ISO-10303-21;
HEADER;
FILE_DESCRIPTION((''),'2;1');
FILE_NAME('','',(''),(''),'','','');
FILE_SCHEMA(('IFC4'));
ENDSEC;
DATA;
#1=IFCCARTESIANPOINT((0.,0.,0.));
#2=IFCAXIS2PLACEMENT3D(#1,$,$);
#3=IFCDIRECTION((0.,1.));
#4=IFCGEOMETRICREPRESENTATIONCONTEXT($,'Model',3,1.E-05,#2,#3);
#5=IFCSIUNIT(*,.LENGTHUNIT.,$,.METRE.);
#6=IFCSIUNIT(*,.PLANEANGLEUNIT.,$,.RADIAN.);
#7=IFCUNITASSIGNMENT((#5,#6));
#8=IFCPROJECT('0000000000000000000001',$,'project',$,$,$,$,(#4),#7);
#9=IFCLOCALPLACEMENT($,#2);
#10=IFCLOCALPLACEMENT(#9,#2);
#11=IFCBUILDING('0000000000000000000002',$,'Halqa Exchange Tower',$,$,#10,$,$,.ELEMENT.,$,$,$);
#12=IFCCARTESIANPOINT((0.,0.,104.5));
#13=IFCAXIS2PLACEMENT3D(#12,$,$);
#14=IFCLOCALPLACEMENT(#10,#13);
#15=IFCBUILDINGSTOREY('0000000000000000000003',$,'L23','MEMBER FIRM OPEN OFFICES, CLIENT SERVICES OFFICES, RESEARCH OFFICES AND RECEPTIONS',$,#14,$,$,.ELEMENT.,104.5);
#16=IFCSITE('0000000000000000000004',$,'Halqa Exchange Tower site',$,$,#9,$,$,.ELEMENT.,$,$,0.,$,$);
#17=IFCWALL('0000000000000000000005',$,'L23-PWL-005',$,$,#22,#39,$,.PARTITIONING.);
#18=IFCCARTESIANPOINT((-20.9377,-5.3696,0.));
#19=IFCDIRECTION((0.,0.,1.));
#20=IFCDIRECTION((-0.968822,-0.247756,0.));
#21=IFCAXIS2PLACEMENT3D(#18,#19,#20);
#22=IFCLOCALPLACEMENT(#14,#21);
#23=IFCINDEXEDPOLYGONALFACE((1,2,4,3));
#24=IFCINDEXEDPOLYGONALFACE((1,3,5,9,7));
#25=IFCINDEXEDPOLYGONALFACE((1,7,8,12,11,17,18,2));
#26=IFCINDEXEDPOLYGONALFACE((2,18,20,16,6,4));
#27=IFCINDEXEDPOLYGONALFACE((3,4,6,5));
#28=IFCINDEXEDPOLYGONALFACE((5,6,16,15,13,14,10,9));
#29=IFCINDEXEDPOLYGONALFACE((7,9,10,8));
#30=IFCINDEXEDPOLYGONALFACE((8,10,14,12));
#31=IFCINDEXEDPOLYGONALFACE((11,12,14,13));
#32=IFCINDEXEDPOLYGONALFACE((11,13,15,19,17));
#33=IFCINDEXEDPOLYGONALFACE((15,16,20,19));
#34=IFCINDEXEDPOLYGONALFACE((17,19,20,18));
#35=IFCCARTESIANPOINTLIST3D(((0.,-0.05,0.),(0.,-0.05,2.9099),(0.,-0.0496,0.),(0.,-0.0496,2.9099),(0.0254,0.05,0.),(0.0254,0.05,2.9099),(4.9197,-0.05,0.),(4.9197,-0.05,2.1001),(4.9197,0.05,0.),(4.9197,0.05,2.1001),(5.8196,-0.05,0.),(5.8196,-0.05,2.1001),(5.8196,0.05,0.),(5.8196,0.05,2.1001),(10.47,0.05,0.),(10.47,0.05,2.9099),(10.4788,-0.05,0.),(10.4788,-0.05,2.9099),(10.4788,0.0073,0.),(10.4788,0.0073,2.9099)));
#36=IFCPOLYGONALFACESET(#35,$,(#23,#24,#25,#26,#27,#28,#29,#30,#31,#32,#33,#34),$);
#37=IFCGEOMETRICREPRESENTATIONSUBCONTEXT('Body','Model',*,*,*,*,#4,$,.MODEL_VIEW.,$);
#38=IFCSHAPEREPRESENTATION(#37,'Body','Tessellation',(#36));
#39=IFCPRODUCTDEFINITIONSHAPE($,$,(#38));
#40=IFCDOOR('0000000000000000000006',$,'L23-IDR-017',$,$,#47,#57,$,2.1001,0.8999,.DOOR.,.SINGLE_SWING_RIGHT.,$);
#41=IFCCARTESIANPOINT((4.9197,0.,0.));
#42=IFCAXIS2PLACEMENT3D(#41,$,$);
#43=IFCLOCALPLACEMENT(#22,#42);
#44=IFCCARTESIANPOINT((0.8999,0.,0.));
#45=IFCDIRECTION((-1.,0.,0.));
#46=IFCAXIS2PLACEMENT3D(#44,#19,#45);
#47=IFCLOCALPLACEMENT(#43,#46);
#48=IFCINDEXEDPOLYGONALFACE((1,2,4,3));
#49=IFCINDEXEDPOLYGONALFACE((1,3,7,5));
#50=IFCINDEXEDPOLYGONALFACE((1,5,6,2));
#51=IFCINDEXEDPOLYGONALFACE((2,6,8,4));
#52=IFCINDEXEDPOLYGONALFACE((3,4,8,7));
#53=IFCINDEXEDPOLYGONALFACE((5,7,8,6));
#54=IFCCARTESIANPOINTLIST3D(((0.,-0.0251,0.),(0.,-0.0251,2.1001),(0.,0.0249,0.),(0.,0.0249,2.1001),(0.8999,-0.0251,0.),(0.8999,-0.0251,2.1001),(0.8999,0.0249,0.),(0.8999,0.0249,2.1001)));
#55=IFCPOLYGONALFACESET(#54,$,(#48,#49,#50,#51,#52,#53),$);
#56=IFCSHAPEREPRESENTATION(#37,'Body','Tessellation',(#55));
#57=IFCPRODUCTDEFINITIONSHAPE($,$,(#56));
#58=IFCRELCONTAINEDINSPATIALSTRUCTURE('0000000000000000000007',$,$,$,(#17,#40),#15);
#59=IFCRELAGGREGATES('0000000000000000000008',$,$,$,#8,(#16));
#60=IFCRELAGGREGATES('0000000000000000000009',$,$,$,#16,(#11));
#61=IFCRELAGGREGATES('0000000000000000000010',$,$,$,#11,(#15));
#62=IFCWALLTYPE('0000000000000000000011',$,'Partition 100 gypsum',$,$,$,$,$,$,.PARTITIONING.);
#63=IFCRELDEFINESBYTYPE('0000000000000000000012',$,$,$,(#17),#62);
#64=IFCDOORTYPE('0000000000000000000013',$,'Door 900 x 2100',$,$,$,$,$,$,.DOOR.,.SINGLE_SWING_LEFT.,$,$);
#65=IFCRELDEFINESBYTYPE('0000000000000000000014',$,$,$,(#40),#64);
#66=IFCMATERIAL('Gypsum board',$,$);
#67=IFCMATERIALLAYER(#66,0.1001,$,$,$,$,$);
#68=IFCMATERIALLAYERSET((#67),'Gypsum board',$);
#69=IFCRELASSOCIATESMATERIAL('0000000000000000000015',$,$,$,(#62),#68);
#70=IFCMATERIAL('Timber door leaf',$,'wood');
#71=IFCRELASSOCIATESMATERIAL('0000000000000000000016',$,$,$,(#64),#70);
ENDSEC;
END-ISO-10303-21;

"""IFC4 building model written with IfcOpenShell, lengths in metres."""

from ifc_helpers import new_model, si_unit, direction, frame, frame_2d, origin, place, context, subcontext, project, spatial, polyline, rectangle, outline, extrude, material, layer, layer_set, type_object, element, fill, save


model = new_model("IFC4")

# Units and contexts
model_context = context("Model", 3, precision=1e-05, world=origin(), true_north=direction((0.0, 1.0)))
body_context = subcontext(model_context, "Body", "Model", "MODEL_VIEW")
ifc_project = project(units=[si_unit("LENGTHUNIT", "METRE"), si_unit("PLANEANGLEUNIT", "RADIAN")], contexts=[model_context])

# Site, building, storey
site_placement = place(None, origin())
site = spatial("IfcSite", under=ifc_project, at=site_placement, Name="Halqa Exchange Tower site", CompositionType="ELEMENT", RefElevation=0.0)
building_placement = place(site_placement, origin())
building = spatial("IfcBuilding", under=site, at=building_placement, Name="Halqa Exchange Tower", CompositionType="ELEMENT")
storey_placement = place(building_placement, frame((0.0, 0.0, 104.5)))
storey = spatial("IfcBuildingStorey", under=building, at=storey_placement, Name="L23", Description="MEMBER FIRM OPEN OFFICES, CLIENT SERVICES OFFICES, RESEARCH OFFICES AND RECEPTIONS", CompositionType="ELEMENT", Elevation=104.5)

# Shared definitions
ifc_material_1 = material(Name="Gypsum board")
ifc_layer_1 = layer(ifc_material_1, 0.1001)
ifc_layer_set_1 = layer_set([ifc_layer_1], Name="Gypsum board")
wall_type_1 = type_object("IfcWallType", Name="Partition 100 gypsum", PredefinedType="PARTITIONING", material=ifc_layer_set_1)
ifc_material_2 = material(Name="Timber door leaf", Category="wood")
door_type_1 = type_object("IfcDoorType", Name="Door 900 x 2100", OperationType="SINGLE_SWING_LEFT", PredefinedType="DOOR", material=ifc_material_2)

# Wall, opening, door
wall_1_placement = place(storey_placement, frame((-20.9377, -5.3696, 0.0), z_axis=(0.0, 0.0, 1.0), x_axis=(-0.968822, -0.247756, 0.0)))
wall_1 = element("IfcWall", 1, at=wall_1_placement, inside=storey, type_object=wall_type_1, Name="L23-PWL-005", PredefinedType="PARTITIONING", context=body_context, shape_type="SweptSolid", body=[
    extrude(outline(polyline([(10.4788, -0.05), (10.4788, 0.0073), (10.47, 0.05), (8.729, 0.05), (6.9883, 0.05), (5.2476, 0.05), (3.5068, 0.05), (1.7661, 0.05), (0.0254, 0.05), (0.0, -0.0496), (0.0, -0.05), (1.7466, -0.05), (3.4929, -0.05), (5.2393, -0.05), (6.9858, -0.05), (8.7324, -0.05), (10.4788, -0.05)])), origin(), (0.0, 0.0, 1.0), 2.9099),
])
opening_1_placement = place(wall_1_placement, frame((4.9197, 0.0, 0.0)))
opening_1 = element("IfcOpeningElement", 2, at=opening_1_placement, cuts=wall_1, PredefinedType="OPENING", context=body_context, shape_type="SweptSolid", body=[
    extrude(rectangle(XDim=0.8999, YDim=2.1001, at=frame_2d((0.45, 1.05))), frame((0.0, 0.062, 0.0), z_axis=(0.0, -1.0, 0.0), x_axis=(1.0, 0.0, 0.0)), (0.0, 0.0, 1.0), 0.124),
])
door_1_placement = place(opening_1_placement, frame((0.8999, 0.0, 0.0), z_axis=(0.0, 0.0, 1.0), x_axis=(-1.0, 0.0, 0.0)))
door_1 = element("IfcDoor", 3, at=door_1_placement, inside=storey, type_object=door_type_1, Name="L23-IDR-017", OperationType="SINGLE_SWING_RIGHT", OverallHeight=2.1001, OverallWidth=0.8999, PredefinedType="DOOR", context=body_context, shape_type="SweptSolid", body=[
    extrude(rectangle(XDim=0.8999, YDim=2.1001, at=frame_2d((0.45, 1.05))), frame((0.0, 0.0249, 0.0), z_axis=(0.0, -1.0, 0.0), x_axis=(1.0, 0.0, 0.0)), (0.0, 0.0, 1.0), 0.05),
])
fill(opening_1, door_1)

save(model, "model.ifc")
